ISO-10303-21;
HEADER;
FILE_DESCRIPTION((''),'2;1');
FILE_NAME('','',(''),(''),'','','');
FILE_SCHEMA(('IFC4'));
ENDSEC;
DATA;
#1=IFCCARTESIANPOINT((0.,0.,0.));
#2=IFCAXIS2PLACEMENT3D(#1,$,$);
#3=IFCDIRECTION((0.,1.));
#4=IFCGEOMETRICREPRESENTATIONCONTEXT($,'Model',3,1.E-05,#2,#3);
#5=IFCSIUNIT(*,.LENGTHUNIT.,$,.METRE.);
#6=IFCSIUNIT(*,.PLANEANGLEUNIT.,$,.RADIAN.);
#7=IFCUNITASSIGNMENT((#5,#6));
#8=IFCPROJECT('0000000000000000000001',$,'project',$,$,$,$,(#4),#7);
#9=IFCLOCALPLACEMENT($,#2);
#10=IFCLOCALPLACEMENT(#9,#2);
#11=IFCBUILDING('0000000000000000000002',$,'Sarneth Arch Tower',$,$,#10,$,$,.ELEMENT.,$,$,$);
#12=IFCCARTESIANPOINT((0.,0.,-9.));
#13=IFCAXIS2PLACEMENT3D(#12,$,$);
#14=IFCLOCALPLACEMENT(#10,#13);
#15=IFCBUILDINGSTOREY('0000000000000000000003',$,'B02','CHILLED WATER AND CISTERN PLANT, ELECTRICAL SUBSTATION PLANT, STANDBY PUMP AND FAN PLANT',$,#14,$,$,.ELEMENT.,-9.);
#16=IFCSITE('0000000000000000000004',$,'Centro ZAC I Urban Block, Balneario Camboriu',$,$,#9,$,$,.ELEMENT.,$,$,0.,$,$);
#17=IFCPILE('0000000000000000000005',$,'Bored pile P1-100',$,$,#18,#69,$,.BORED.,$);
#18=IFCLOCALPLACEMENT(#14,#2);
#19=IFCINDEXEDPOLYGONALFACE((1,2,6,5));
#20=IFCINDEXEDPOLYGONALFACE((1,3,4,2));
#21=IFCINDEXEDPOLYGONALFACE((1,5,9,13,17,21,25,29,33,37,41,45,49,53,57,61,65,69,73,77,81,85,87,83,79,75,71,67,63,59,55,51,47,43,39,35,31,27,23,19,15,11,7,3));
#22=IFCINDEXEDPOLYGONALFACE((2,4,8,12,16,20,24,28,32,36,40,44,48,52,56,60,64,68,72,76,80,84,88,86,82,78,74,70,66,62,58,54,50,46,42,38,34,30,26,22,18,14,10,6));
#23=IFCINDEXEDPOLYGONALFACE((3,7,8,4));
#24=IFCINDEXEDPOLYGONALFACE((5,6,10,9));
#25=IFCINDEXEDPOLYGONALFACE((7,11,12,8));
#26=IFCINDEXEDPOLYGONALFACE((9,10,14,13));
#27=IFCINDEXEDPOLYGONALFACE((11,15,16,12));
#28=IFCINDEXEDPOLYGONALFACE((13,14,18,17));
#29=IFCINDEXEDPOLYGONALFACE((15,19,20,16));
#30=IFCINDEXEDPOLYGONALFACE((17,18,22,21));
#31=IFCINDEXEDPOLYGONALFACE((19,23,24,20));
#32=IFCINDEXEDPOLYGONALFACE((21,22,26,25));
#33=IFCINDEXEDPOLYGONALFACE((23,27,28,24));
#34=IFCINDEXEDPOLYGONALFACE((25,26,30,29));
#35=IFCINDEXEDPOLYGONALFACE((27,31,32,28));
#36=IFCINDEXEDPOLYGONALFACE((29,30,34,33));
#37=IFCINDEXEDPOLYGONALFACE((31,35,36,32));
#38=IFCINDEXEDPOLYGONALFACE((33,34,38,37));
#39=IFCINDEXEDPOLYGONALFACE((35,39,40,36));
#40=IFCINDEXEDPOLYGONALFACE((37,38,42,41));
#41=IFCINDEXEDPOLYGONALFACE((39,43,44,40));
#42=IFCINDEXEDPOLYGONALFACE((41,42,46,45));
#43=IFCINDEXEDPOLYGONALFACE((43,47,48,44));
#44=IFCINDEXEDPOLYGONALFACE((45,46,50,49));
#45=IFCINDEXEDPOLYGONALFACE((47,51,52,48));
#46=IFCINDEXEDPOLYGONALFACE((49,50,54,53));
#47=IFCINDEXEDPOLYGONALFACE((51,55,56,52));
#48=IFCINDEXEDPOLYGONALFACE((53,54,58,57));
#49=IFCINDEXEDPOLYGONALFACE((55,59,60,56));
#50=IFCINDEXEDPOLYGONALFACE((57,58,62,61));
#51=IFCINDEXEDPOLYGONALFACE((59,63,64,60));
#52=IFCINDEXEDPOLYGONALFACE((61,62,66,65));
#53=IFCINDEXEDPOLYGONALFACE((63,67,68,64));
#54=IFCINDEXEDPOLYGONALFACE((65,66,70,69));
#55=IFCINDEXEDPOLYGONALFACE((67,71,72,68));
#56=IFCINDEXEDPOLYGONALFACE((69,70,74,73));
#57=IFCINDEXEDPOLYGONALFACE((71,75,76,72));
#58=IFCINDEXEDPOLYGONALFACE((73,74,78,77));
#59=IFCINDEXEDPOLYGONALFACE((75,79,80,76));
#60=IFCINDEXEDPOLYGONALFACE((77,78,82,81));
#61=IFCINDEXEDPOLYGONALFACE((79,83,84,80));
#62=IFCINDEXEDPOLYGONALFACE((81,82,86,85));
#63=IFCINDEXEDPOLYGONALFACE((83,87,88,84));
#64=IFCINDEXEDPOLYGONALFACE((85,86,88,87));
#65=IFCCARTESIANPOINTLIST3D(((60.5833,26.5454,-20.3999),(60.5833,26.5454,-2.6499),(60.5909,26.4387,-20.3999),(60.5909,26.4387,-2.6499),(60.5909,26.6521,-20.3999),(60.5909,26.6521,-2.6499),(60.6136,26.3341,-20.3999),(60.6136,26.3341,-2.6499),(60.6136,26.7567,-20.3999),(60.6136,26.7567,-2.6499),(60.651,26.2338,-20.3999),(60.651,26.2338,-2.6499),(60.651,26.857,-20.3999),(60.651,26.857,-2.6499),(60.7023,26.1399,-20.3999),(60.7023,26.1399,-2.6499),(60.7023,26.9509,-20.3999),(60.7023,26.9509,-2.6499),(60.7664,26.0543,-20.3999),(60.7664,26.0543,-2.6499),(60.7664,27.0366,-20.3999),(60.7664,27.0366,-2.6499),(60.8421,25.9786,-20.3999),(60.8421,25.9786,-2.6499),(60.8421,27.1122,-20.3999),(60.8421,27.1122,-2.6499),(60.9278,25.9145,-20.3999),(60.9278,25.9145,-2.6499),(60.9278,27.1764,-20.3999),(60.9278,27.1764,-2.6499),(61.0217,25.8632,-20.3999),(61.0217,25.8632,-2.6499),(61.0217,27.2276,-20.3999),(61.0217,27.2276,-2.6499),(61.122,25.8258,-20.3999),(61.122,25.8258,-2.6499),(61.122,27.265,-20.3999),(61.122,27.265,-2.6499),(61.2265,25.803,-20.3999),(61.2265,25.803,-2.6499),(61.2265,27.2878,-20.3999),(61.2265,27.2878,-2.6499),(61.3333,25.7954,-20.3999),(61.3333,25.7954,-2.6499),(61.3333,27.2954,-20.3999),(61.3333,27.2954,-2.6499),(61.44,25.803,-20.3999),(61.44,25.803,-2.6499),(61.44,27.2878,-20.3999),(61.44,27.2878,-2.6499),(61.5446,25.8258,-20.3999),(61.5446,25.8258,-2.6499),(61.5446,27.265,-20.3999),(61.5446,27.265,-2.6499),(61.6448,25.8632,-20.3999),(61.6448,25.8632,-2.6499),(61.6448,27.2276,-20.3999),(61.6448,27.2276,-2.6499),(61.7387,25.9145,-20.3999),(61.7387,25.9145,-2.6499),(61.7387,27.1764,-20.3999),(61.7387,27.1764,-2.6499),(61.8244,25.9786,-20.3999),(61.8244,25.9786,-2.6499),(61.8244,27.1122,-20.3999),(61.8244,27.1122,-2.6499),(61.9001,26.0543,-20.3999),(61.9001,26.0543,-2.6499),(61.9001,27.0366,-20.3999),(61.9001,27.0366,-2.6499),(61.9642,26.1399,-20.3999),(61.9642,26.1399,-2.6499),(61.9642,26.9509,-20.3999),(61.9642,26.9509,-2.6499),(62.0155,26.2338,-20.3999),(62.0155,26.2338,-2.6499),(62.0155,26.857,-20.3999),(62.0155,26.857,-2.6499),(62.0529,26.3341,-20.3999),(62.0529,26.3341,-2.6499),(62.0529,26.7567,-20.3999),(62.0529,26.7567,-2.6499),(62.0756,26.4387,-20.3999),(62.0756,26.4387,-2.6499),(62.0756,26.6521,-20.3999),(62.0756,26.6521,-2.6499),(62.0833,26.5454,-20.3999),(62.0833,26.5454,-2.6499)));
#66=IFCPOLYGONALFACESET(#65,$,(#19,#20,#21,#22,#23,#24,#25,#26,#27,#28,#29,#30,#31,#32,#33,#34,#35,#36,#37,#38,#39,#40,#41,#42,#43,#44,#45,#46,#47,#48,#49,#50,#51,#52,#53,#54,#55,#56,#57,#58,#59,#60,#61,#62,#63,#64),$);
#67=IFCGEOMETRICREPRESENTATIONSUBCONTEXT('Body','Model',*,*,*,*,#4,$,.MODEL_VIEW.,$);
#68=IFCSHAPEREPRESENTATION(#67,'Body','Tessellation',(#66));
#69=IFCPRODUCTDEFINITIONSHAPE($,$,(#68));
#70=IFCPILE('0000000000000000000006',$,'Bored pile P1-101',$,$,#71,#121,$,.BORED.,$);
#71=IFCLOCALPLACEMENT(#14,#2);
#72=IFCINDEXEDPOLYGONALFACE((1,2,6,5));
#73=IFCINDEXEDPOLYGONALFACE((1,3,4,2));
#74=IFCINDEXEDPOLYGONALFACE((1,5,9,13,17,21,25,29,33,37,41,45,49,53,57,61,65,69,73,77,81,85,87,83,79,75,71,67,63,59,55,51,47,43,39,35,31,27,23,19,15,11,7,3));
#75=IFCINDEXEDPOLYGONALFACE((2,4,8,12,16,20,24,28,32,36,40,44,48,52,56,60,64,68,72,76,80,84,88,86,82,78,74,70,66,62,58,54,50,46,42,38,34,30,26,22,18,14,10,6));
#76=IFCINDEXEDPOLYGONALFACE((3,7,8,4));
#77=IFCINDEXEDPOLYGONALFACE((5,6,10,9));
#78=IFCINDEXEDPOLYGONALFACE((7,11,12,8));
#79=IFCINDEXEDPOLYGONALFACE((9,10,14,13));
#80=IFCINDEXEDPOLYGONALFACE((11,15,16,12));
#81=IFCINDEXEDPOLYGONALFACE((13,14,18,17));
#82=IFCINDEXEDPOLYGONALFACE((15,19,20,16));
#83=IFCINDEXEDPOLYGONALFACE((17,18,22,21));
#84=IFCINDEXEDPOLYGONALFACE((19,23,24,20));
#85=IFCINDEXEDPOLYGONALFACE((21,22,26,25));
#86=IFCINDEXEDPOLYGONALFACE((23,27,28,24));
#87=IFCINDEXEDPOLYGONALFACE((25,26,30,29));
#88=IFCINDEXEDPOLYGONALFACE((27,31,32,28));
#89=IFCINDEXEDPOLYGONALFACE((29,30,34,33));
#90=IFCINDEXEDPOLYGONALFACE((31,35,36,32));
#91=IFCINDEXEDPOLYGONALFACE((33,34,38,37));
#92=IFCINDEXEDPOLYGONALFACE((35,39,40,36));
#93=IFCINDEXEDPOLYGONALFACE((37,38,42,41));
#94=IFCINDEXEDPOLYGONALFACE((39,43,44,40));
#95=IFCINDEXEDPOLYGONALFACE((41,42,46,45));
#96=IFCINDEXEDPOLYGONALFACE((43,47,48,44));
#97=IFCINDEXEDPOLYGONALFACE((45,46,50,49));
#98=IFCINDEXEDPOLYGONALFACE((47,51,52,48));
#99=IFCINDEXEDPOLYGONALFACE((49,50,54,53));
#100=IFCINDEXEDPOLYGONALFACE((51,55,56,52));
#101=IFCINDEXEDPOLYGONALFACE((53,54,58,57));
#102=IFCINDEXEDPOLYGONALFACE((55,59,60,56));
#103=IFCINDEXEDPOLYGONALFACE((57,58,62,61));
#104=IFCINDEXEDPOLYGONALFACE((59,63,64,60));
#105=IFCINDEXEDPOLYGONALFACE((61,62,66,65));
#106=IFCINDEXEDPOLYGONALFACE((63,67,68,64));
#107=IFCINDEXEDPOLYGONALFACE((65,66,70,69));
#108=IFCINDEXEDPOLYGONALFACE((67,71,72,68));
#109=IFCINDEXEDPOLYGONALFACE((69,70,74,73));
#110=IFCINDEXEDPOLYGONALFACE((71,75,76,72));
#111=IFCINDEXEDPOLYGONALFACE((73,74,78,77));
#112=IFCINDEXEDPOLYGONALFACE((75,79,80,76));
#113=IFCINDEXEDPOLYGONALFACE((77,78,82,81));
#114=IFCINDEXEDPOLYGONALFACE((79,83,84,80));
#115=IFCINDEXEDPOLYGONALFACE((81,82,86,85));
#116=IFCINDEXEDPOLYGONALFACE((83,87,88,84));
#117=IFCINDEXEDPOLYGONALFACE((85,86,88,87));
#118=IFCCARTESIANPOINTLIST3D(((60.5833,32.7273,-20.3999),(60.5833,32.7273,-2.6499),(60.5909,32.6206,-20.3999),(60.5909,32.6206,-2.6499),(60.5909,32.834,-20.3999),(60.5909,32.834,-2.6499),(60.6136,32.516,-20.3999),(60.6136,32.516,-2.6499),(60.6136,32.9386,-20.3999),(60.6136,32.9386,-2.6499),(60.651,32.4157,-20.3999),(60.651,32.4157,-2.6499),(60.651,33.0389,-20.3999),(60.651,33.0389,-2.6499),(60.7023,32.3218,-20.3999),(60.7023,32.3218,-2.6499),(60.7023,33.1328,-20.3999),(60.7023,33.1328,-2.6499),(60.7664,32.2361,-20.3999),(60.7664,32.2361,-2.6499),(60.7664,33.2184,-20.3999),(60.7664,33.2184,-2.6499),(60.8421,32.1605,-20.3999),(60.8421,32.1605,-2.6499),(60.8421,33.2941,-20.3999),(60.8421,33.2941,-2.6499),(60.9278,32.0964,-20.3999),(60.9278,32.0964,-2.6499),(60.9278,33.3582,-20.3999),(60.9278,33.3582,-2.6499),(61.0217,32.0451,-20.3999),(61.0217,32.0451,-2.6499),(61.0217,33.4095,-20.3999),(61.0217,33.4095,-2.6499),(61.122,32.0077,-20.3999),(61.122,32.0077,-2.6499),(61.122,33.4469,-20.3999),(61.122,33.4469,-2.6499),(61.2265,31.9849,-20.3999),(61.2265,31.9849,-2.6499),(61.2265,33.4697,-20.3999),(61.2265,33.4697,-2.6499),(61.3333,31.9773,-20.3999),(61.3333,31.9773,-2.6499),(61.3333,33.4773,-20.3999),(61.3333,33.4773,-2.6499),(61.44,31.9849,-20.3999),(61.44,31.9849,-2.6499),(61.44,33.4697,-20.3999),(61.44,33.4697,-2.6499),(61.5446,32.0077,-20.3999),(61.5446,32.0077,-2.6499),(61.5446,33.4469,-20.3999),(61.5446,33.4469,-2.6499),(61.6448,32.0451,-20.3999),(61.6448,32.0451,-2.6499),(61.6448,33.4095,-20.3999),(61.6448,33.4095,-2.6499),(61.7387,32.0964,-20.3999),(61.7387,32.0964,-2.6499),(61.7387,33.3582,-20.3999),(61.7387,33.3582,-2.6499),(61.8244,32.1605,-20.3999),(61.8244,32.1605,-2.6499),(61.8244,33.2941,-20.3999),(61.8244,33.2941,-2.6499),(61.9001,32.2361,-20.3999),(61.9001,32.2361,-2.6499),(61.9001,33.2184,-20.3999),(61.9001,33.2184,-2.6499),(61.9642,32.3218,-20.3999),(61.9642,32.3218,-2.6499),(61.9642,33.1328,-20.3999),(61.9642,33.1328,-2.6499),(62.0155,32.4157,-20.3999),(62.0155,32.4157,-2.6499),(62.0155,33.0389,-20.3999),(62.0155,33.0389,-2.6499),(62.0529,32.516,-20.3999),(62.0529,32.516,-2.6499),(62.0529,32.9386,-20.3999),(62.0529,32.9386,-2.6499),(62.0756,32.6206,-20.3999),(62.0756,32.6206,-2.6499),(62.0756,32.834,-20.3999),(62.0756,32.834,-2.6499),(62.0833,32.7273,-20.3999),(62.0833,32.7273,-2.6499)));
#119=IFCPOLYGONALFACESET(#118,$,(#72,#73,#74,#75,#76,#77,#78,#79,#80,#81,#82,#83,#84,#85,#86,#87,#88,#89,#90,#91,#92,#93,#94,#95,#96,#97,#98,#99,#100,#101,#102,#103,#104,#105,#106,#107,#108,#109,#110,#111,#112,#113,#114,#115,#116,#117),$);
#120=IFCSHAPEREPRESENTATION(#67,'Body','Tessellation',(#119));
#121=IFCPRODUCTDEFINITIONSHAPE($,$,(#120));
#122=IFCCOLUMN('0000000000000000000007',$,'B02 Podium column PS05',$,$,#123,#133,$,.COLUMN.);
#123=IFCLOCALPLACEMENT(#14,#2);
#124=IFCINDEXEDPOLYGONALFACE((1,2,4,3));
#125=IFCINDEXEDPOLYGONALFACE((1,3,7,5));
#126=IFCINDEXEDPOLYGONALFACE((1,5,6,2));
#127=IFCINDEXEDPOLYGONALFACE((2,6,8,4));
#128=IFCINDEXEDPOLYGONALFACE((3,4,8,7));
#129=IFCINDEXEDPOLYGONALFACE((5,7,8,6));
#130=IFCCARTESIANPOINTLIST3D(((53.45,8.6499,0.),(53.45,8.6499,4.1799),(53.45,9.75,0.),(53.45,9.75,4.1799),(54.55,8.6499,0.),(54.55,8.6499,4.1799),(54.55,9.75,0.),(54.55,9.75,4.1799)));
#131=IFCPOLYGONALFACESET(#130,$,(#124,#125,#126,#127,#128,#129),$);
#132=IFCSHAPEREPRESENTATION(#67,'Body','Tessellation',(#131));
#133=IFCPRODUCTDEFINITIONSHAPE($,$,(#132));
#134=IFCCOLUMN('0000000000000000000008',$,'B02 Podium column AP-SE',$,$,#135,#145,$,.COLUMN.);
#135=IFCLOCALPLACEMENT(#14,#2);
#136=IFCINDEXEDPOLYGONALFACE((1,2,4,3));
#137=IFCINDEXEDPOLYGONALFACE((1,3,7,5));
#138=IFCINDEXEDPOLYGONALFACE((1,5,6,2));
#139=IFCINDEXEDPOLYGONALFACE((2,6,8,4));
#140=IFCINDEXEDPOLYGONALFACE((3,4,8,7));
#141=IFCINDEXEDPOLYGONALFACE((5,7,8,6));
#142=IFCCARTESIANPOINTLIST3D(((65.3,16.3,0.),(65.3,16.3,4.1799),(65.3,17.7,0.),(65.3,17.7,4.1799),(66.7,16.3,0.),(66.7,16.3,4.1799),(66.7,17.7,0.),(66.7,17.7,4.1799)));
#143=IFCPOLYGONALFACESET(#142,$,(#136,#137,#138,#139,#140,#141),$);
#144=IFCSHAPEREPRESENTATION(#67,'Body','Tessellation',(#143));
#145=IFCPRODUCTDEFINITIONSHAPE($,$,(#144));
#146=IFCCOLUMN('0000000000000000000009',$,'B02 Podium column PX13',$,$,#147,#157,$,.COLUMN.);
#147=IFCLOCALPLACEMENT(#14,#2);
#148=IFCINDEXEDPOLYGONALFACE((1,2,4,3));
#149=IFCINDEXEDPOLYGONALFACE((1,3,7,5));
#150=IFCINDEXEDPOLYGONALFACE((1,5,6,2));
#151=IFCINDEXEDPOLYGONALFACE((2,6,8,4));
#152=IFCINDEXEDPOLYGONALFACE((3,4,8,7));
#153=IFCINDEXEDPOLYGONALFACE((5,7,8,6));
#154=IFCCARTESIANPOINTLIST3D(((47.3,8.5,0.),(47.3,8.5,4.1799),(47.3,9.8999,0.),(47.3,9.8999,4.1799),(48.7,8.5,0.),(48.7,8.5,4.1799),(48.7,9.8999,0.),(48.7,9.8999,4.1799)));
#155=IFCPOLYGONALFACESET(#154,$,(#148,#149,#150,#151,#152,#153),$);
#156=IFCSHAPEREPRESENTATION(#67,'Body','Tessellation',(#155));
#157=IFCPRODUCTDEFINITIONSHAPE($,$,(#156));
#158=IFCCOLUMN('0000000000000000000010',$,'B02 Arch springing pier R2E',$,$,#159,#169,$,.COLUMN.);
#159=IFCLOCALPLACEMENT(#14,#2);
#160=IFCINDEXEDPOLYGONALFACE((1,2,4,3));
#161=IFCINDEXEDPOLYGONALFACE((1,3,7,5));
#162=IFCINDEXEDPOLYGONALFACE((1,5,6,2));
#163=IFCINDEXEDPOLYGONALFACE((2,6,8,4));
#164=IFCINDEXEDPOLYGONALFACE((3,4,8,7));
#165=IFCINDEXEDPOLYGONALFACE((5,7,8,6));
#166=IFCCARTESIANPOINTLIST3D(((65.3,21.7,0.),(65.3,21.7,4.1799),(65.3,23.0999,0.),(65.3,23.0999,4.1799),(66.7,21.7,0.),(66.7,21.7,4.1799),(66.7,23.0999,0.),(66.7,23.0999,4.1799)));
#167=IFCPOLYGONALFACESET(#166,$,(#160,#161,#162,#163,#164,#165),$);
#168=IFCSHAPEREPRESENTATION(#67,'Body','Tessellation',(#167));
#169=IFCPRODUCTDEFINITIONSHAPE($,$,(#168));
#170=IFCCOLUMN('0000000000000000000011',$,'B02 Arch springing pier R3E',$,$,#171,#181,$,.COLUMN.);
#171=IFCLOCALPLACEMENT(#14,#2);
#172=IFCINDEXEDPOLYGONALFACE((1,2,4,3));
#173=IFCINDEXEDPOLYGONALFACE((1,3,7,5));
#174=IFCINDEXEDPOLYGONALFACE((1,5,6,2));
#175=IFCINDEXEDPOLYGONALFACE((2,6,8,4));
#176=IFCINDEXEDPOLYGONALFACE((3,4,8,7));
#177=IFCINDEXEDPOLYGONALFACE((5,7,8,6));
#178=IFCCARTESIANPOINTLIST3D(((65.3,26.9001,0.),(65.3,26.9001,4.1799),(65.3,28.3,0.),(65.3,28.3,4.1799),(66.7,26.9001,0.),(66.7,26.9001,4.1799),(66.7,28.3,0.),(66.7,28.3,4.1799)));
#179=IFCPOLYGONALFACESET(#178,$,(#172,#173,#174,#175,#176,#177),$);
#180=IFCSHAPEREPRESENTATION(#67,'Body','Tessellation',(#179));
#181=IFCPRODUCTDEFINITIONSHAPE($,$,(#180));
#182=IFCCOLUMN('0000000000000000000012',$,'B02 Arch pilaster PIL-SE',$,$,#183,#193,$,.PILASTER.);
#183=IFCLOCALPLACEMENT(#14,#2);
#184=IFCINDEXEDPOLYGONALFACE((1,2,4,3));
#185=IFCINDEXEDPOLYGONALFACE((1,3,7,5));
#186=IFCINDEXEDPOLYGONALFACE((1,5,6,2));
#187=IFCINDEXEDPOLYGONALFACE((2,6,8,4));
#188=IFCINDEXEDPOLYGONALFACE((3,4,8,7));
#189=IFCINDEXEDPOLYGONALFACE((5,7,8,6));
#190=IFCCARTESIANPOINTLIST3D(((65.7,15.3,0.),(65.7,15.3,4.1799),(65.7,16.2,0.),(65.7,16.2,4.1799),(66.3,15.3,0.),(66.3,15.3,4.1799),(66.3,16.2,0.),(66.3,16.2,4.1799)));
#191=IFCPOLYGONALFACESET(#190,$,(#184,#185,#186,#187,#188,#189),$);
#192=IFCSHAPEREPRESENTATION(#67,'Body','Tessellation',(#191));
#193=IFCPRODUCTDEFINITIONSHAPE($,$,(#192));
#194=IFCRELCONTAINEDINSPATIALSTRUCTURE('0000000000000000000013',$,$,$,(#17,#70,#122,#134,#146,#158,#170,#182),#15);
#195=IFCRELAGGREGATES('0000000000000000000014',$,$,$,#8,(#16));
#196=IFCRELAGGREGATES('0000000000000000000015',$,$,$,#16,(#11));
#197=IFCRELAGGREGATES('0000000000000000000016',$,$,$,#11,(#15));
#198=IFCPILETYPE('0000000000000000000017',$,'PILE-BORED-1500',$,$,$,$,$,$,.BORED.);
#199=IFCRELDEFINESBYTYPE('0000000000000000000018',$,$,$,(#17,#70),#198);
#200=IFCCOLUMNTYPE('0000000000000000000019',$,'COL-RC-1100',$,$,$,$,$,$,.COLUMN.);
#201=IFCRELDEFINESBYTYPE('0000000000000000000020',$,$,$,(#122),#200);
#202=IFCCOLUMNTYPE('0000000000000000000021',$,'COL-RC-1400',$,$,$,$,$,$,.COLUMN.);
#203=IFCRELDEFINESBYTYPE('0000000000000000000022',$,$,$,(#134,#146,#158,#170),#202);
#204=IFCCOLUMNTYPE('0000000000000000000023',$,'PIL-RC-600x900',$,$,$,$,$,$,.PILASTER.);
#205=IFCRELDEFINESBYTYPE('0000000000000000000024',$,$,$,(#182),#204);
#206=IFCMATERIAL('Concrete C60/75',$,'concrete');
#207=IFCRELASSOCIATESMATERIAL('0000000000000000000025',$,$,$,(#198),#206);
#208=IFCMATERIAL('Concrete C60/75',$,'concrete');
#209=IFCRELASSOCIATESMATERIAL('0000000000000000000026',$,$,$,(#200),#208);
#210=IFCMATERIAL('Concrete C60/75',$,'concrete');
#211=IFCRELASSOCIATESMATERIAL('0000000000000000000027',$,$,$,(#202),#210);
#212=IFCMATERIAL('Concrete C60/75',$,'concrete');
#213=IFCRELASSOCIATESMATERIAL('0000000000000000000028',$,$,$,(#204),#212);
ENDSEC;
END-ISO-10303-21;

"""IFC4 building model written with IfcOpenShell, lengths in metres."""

from ifc_helpers import new_model, si_unit, direction, frame, origin, origin_2d, place, context, subcontext, project, spatial, rectangle, circle, extrude, material, material_profile, profile_set, type_object, element, save


model = new_model("IFC4")

# Units and contexts
model_context = context("Model", 3, precision=1e-05, world=origin(), true_north=direction((0.0, 1.0)))
body_context = subcontext(model_context, "Body", "Model", "MODEL_VIEW")
ifc_project = project(units=[si_unit("LENGTHUNIT", "METRE"), si_unit("PLANEANGLEUNIT", "RADIAN")], contexts=[model_context])

# Site, building, storey
site_placement = place(None, origin())
site = spatial("IfcSite", under=ifc_project, at=site_placement, Name="Centro ZAC I Urban Block, Balneario Camboriu", CompositionType="ELEMENT", RefElevation=0.0)
building_placement = place(site_placement, origin())
building = spatial("IfcBuilding", under=site, at=building_placement, Name="Sarneth Arch Tower", CompositionType="ELEMENT")
storey_placement = place(building_placement, frame((0.0, 0.0, -9.0)))
storey = spatial("IfcBuildingStorey", under=building, at=storey_placement, Name="B02", Description="CHILLED WATER AND CISTERN PLANT, ELECTRICAL SUBSTATION PLANT, STANDBY PUMP AND FAN PLANT", CompositionType="ELEMENT", Elevation=-9.0)

# Piles
ifc_material_1 = material(Name="Concrete C60/75", Category="concrete")
ifc_material_profile_1 = material_profile(ifc_material_1, circle(Radius=0.75, at=origin_2d()), Name="PILE-D1500")
ifc_profile_set_1 = profile_set([ifc_material_profile_1], Name="Concrete C60/75")
pile_type_1 = type_object("IfcPileType", Name="PILE-BORED-1500", PredefinedType="BORED", material=ifc_profile_set_1)
for number, where, z_axis, x_axis, name in (
    (1, (61.3333, 26.5454, -2.6499), (0.0, 0.0, -1.0), (1.0, 0.0, 0.0), "Bored pile P1-100"),
    (2, (61.3333, 32.7273, -2.6499), (0.0, 0.0, -1.0), (1.0, 0.0, 0.0), "Bored pile P1-101"),
):
    element("IfcPile", number, at=place(storey_placement, frame(where, z_axis=z_axis, x_axis=x_axis)), inside=storey, type_object=pile_type_1, Name=name, PredefinedType="BORED", context=body_context, shape_type="SweptSolid", body=[
        extrude(circle(Radius=0.75, at=origin_2d()), origin(), (0.0, 0.0, 1.0), 17.75),
    ])

# Columns
ifc_material_2 = material(Name="Concrete C60/75", Category="concrete")
ifc_material_profile_2 = material_profile(ifc_material_2, rectangle(XDim=1.1001, YDim=1.1001, at=origin_2d()), Name="RC-1100x1100")
ifc_profile_set_2 = profile_set([ifc_material_profile_2], Name="Concrete C60/75")
column_type_1 = type_object("IfcColumnType", Name="COL-RC-1100", PredefinedType="COLUMN", material=ifc_profile_set_2)
column_1_placement = place(storey_placement, frame((54.0, 9.2, 0.0), z_axis=(0.0, 0.0, 1.0), x_axis=(1.0, 0.0, 0.0)))
element("IfcColumn", 3, at=column_1_placement, inside=storey, type_object=column_type_1, Name="B02 Podium column PS05", PredefinedType="COLUMN", context=body_context, shape_type="SweptSolid", body=[
    extrude(rectangle(XDim=1.1001, YDim=1.1001, at=origin_2d()), origin(), (0.0, 0.0, 1.0), 4.1799),
])
ifc_material_3 = material(Name="Concrete C60/75", Category="concrete")
ifc_material_profile_3 = material_profile(ifc_material_3, rectangle(XDim=1.3999, YDim=1.3999, at=origin_2d()), Name="RC-1400x1400")
ifc_profile_set_3 = profile_set([ifc_material_profile_3], Name="Concrete C60/75")
column_type_2 = type_object("IfcColumnType", Name="COL-RC-1400", PredefinedType="COLUMN", material=ifc_profile_set_3)
for number, where, z_axis, x_axis, name in (
    (4, (66.0, 17.0, 0.0), (0.0, 0.0, 1.0), (1.0, 0.0, 0.0), "B02 Podium column AP-SE"),
    (5, (48.0, 9.2, 0.0), (0.0, 0.0, 1.0), (1.0, 0.0, 0.0), "B02 Podium column PX13"),
    (6, (66.0, 22.3999, 0.0), (0.0, 0.0, 1.0), (1.0, 0.0, 0.0), "B02 Arch springing pier R2E"),
    (7, (66.0, 27.6001, 0.0), (0.0, 0.0, 1.0), (1.0, 0.0, 0.0), "B02 Arch springing pier R3E"),
):
    element("IfcColumn", number, at=place(storey_placement, frame(where, z_axis=z_axis, x_axis=x_axis)), inside=storey, type_object=column_type_2, Name=name, PredefinedType="COLUMN", context=body_context, shape_type="SweptSolid", body=[
        extrude(rectangle(XDim=1.3999, YDim=1.3999, at=origin_2d()), origin(), (0.0, 0.0, 1.0), 4.1799),
    ])
ifc_material_4 = material(Name="Concrete C60/75", Category="concrete")
ifc_material_profile_4 = material_profile(ifc_material_4, rectangle(XDim=0.6001, YDim=0.8999, at=origin_2d()), Name="RC-600x900")
ifc_profile_set_4 = profile_set([ifc_material_profile_4], Name="Concrete C60/75")
column_type_3 = type_object("IfcColumnType", Name="PIL-RC-600x900", PredefinedType="PILASTER", material=ifc_profile_set_4)
column_2_placement = place(storey_placement, frame((66.0, 15.75, 0.0), z_axis=(0.0, 0.0, 1.0), x_axis=(1.0, 0.0, 0.0)))
element("IfcColumn", 8, at=column_2_placement, inside=storey, type_object=column_type_3, Name="B02 Arch pilaster PIL-SE", PredefinedType="PILASTER", context=body_context, shape_type="SweptSolid", body=[
    extrude(rectangle(XDim=0.6001, YDim=0.8999, at=origin_2d()), origin(), (0.0, 0.0, 1.0), 4.1799),
])

save(model, "model.ifc")
